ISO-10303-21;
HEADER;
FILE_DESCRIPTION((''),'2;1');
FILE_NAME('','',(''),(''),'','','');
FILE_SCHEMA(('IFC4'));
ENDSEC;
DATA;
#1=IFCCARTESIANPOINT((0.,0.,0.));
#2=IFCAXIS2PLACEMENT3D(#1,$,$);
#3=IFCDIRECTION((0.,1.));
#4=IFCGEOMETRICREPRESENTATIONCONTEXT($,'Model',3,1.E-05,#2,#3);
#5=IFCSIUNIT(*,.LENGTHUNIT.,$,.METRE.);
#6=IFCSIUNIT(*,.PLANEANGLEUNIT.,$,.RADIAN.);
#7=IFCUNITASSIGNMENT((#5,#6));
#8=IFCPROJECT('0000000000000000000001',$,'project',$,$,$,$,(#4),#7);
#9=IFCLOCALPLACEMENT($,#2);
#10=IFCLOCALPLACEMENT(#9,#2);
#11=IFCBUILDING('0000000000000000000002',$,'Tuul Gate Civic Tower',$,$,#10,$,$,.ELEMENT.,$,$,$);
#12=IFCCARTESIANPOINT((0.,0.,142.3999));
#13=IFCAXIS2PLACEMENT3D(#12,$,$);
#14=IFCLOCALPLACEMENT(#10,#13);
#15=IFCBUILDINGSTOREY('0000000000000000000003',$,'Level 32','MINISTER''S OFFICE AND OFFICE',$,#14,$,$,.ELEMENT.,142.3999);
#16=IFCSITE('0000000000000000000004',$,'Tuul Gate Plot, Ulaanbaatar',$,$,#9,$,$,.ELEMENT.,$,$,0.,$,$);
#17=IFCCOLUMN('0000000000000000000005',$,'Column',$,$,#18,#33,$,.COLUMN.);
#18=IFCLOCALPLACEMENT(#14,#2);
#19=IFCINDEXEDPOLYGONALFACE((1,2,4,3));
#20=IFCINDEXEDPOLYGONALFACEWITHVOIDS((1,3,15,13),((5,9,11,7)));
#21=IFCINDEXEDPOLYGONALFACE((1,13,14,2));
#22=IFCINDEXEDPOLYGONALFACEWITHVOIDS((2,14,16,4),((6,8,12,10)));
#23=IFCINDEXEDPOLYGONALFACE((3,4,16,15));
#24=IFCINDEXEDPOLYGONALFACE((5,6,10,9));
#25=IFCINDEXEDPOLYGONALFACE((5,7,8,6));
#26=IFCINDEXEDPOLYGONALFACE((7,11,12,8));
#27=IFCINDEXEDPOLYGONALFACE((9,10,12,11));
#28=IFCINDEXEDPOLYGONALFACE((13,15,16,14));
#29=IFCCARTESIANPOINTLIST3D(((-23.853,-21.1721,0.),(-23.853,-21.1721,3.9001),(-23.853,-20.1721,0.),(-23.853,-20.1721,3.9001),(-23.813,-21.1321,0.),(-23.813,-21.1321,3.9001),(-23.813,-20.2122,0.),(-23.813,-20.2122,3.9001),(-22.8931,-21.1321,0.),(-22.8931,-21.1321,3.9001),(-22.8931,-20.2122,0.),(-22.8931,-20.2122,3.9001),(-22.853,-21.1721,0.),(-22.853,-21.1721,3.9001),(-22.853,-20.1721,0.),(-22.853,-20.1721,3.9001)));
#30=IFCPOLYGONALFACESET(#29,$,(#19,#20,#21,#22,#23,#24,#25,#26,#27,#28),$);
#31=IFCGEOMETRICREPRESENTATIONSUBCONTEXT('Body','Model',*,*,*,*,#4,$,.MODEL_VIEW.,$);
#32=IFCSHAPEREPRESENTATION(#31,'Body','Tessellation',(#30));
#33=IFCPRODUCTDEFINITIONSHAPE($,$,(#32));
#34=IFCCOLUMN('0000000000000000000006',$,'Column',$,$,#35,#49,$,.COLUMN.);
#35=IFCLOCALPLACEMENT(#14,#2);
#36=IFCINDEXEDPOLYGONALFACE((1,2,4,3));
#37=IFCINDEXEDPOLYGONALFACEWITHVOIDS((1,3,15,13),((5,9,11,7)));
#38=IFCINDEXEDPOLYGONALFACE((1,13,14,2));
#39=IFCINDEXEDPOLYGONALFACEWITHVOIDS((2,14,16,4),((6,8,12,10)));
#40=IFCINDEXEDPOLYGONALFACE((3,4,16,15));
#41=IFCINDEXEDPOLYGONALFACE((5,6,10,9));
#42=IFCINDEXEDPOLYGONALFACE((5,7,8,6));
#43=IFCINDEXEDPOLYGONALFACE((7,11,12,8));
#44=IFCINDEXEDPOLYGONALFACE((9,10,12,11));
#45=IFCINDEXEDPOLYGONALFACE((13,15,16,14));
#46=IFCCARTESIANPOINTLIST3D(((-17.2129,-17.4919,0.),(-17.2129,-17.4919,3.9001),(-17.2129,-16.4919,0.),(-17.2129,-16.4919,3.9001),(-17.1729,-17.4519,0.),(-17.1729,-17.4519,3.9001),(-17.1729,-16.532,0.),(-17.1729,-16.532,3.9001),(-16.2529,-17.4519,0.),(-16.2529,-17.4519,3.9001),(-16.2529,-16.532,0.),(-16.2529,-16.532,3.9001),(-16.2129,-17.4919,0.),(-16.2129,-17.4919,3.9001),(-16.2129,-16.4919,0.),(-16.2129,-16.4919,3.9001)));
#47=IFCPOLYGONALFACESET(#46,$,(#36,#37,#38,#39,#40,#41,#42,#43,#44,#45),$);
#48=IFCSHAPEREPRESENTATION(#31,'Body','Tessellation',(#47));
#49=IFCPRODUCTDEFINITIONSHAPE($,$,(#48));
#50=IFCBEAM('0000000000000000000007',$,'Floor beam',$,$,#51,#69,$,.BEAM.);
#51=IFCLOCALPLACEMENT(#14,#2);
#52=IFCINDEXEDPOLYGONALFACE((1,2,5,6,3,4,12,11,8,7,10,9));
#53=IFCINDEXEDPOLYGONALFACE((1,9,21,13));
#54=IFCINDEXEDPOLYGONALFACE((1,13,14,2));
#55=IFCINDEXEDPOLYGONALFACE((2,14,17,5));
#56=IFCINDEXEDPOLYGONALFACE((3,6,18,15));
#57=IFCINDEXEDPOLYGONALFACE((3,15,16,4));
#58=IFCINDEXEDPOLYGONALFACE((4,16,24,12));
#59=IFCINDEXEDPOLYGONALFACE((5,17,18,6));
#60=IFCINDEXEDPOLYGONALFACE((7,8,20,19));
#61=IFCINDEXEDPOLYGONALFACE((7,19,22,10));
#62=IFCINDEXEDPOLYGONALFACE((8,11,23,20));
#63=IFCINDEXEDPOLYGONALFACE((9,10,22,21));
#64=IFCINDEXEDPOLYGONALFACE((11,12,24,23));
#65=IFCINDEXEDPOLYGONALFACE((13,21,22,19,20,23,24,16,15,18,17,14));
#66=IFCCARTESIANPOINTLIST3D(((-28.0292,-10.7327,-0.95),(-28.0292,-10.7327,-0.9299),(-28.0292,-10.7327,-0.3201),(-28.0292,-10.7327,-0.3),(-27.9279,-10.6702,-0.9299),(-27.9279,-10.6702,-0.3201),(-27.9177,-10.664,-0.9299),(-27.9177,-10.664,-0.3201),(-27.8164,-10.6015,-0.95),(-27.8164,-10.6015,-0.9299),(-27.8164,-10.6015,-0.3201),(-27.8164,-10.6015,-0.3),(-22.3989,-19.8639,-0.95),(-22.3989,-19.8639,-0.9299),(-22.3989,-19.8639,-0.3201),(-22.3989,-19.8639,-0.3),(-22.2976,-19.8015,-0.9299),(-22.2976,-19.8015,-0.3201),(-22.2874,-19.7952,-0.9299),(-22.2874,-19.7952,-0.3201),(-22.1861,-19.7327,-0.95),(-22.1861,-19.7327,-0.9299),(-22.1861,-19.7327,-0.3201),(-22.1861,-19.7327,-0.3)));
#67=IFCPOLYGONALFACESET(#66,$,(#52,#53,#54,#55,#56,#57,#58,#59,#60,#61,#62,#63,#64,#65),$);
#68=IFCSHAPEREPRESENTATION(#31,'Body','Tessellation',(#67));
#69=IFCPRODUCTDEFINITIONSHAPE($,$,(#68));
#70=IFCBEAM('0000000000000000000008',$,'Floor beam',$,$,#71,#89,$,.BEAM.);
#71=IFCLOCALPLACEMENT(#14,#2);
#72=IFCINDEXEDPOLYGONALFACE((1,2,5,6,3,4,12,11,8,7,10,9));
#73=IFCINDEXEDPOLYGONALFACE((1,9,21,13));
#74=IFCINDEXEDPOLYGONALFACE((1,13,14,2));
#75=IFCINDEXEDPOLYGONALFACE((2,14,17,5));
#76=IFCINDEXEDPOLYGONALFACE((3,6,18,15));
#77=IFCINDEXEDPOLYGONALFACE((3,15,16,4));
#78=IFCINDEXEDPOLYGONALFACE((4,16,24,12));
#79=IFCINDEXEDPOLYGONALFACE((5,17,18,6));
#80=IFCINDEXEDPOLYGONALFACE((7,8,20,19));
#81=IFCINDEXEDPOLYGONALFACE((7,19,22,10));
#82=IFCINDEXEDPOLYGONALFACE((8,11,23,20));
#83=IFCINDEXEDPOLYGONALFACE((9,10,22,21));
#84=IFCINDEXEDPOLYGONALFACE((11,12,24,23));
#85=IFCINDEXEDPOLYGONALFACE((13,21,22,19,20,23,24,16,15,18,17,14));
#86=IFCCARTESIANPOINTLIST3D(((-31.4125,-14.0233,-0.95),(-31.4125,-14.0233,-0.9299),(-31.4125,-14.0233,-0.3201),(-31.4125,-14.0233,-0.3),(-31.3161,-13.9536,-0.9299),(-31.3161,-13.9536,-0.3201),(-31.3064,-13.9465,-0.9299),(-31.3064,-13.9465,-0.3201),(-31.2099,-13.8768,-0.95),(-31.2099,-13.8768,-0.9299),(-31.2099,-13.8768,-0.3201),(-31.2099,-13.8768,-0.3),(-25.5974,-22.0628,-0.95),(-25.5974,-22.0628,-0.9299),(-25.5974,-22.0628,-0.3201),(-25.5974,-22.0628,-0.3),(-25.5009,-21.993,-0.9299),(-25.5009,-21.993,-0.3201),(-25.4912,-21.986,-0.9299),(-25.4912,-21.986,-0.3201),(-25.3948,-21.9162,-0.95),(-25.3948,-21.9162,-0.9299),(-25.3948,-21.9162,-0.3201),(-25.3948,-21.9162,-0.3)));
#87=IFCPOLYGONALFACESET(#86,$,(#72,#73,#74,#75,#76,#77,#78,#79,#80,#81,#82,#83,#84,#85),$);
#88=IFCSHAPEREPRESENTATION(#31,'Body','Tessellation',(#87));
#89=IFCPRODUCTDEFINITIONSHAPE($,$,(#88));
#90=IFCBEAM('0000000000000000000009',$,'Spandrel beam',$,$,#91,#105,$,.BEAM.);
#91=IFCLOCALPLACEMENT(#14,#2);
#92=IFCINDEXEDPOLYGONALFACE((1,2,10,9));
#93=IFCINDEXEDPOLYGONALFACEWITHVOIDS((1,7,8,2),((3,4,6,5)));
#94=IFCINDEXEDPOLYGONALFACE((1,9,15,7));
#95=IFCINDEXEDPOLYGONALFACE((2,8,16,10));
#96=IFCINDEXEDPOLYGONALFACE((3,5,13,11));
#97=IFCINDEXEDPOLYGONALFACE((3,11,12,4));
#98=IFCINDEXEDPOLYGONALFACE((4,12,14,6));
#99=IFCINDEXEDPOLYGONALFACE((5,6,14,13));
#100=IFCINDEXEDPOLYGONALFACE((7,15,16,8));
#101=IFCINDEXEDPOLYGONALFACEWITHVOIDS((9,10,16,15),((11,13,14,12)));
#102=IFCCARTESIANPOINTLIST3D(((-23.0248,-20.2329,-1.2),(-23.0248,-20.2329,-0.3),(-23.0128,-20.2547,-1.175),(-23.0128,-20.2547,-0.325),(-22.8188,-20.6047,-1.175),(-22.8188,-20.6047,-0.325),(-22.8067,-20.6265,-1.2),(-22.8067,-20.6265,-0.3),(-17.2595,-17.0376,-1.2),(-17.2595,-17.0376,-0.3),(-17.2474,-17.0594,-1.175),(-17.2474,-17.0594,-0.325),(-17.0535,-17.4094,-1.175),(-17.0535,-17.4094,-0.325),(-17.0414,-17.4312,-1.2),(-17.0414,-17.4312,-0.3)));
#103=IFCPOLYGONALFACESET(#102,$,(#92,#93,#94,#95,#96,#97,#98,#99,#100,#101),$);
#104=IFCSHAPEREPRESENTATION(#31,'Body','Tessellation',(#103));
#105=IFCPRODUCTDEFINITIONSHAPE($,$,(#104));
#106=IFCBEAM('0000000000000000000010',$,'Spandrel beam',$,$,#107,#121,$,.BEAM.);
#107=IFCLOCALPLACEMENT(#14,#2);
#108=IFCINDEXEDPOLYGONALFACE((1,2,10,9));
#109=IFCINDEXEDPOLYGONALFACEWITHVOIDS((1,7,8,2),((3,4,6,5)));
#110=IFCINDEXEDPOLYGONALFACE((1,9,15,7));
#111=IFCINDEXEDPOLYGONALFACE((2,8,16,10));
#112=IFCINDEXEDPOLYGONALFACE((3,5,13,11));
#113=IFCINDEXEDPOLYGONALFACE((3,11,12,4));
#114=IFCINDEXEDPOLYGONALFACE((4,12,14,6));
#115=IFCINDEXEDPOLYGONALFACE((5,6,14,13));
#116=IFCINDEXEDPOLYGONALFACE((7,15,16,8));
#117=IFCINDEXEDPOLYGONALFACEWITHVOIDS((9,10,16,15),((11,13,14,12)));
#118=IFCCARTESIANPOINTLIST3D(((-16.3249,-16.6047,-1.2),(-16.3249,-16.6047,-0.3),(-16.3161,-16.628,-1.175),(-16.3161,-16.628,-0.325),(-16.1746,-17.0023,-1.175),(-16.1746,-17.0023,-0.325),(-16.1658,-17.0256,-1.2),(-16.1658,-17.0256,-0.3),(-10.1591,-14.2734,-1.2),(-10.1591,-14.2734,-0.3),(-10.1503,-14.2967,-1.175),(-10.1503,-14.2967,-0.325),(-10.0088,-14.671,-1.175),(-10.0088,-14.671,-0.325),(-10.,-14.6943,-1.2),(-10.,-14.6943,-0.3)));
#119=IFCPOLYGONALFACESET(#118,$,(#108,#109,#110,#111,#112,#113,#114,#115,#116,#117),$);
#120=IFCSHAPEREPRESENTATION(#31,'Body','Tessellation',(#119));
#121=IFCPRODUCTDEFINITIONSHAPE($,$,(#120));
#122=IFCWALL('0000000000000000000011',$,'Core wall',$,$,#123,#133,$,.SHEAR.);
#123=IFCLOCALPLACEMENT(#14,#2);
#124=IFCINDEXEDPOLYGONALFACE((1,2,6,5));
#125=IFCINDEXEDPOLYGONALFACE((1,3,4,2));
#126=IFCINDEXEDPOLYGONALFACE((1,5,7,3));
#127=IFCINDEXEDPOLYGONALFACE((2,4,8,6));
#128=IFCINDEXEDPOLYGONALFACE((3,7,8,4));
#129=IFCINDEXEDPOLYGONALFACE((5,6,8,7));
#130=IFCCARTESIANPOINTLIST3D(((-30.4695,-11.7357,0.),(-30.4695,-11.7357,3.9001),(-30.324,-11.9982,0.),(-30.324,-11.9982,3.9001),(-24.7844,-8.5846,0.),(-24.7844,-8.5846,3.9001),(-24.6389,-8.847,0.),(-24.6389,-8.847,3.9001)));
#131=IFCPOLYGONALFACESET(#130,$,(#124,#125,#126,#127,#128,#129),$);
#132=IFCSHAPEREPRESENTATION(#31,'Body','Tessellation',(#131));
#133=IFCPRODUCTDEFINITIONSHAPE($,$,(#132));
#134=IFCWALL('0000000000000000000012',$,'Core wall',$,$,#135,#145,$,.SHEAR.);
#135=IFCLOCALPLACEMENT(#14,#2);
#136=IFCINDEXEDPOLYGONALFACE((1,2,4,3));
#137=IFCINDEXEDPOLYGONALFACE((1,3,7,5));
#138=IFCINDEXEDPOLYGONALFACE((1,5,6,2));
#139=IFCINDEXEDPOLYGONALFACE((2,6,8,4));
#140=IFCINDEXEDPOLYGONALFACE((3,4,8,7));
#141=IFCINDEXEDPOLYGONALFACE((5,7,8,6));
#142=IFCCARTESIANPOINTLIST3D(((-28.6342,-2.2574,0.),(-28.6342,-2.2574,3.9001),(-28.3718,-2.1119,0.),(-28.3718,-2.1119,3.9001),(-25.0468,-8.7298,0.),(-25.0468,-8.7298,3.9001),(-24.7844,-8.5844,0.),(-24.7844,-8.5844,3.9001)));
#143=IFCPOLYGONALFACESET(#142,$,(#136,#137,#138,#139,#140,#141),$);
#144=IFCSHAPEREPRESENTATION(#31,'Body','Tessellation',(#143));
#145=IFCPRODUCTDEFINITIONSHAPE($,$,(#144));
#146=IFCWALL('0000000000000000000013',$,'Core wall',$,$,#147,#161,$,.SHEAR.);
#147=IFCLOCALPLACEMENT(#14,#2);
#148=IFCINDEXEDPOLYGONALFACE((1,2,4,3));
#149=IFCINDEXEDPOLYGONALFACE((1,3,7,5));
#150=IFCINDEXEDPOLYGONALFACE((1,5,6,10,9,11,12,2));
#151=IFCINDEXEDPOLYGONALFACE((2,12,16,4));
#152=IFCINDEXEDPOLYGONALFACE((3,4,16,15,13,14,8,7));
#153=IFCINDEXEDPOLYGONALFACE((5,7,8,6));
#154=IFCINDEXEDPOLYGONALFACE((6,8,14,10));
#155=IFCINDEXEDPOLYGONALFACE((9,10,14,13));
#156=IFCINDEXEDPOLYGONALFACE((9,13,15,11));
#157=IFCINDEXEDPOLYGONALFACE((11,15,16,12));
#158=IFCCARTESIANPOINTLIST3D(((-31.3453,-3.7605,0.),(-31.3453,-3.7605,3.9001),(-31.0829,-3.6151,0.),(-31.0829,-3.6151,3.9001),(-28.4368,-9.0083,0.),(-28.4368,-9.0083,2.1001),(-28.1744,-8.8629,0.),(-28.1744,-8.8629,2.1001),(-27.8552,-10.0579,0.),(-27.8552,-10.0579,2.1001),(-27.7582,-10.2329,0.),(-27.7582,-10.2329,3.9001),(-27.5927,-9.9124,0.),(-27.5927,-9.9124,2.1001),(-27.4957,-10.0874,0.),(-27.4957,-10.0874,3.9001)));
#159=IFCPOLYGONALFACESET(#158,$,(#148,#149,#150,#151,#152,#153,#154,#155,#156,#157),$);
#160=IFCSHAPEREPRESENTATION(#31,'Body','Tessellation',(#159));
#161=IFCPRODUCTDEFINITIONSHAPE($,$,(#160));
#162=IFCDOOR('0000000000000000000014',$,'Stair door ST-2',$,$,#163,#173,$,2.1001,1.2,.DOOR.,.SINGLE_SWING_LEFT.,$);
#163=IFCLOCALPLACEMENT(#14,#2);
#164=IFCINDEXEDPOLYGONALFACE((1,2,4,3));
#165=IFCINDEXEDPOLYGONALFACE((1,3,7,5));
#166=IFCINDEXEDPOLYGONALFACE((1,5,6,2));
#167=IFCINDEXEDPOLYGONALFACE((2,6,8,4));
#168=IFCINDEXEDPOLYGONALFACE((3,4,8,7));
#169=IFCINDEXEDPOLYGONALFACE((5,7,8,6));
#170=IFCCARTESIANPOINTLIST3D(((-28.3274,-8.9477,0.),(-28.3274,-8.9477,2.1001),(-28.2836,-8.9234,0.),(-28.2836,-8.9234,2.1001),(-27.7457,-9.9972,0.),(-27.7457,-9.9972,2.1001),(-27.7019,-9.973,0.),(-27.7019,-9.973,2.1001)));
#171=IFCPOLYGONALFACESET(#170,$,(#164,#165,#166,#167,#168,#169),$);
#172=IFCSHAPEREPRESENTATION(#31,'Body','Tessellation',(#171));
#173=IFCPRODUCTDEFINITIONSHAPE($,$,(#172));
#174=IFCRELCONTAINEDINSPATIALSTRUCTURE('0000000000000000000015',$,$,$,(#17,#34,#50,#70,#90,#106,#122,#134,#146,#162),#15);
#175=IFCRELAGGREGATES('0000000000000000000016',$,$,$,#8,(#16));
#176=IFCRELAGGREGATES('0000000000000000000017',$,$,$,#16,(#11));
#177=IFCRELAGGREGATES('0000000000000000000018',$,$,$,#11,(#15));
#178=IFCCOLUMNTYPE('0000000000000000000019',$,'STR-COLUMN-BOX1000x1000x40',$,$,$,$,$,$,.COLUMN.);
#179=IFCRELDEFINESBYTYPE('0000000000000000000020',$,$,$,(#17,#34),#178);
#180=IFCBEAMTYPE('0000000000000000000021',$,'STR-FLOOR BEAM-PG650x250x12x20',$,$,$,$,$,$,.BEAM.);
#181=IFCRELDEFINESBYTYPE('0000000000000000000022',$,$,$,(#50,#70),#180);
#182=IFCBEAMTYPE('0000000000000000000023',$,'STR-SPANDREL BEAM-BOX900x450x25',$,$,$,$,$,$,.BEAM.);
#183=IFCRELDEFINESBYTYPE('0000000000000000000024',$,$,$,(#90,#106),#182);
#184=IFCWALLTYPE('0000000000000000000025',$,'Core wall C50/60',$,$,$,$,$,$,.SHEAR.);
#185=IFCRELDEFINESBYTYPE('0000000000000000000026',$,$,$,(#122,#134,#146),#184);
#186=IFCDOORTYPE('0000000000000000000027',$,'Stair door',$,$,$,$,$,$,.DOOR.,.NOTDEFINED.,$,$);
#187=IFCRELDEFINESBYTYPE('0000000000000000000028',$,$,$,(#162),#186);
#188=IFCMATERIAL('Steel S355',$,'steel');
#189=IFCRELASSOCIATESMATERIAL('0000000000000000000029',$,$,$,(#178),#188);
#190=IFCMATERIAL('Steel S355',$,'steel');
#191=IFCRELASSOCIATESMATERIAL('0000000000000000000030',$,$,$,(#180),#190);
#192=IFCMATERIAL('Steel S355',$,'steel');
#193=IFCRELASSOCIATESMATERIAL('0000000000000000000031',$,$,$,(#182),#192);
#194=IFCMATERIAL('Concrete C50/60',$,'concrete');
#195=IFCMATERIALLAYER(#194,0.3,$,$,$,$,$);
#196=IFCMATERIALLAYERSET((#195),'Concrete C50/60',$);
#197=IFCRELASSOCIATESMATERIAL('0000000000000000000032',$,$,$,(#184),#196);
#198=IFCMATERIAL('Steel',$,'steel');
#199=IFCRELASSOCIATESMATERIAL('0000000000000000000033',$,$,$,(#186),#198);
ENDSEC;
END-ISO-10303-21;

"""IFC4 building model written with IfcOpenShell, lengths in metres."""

from ifc_helpers import new_model, si_unit, direction, frame, frame_2d, origin, origin_2d, place, context, subcontext, project, spatial, rectangle, hollow_rectangle, i_section, extrude, material, layer, layer_set, material_profile, profile_set, type_object, element, fill, save


model = new_model("IFC4")

# Units and contexts
model_context = context("Model", 3, precision=1e-05, world=origin(), true_north=direction((0.0, 1.0)))
body_context = subcontext(model_context, "Body", "Model", "MODEL_VIEW")
ifc_project = project(units=[si_unit("LENGTHUNIT", "METRE"), si_unit("PLANEANGLEUNIT", "RADIAN")], contexts=[model_context])

# Site, building, storey
site_placement = place(None, origin())
site = spatial("IfcSite", under=ifc_project, at=site_placement, Name="Tuul Gate Plot, Ulaanbaatar", CompositionType="ELEMENT", RefElevation=0.0)
building_placement = place(site_placement, origin())
building = spatial("IfcBuilding", under=site, at=building_placement, Name="Tuul Gate Civic Tower", CompositionType="ELEMENT")
storey_placement = place(building_placement, frame((0.0, 0.0, 142.3999)))
storey = spatial("IfcBuildingStorey", under=building, at=storey_placement, Name="Level 32", Description="MINISTER'S OFFICE AND OFFICE", CompositionType="ELEMENT", Elevation=142.3999)

# Columns
ifc_material_1 = material(Name="Steel S355", Category="steel")
ifc_material_profile_1 = material_profile(ifc_material_1, hollow_rectangle(XDim=1.0, YDim=1.0, WallThickness=0.04, at=origin_2d()), Name="BOX1000x1000x40")
ifc_profile_set_1 = profile_set([ifc_material_profile_1], Name="Steel S355")
column_type = type_object("IfcColumnType", Name="STR-COLUMN-BOX1000x1000x40", PredefinedType="COLUMN", material=ifc_profile_set_1)
for number, where, z_axis, x_axis, name in (
    (1, (-23.353, -20.6721, 0.0), (0.0, 0.0, 1.0), (1.0, 0.0, 0.0), "Column"),
    (2, (-16.7129, -16.9919, 0.0), (0.0, 0.0, 1.0), (1.0, 0.0, 0.0), "Column"),
):
    element("IfcColumn", number, at=place(storey_placement, frame(where, z_axis=z_axis, x_axis=x_axis)), inside=storey, type_object=column_type, Name=name, PredefinedType="COLUMN", context=body_context, shape_type="SweptSolid", body=[
        extrude(hollow_rectangle(XDim=1.0, YDim=1.0, WallThickness=0.04, at=origin_2d()), origin(), (0.0, 0.0, 1.0), 3.9001),
    ])

# Beams
ifc_material_2 = material(Name="Steel S355", Category="steel")
ifc_material_profile_2 = material_profile(ifc_material_2, i_section(OverallWidth=0.25, OverallDepth=0.6499, WebThickness=0.012, FlangeThickness=0.02, at=origin_2d()), Name="PG650x250x12x20")
ifc_profile_set_2 = profile_set([ifc_material_profile_2], Name="Steel S355")
beam_type_1 = type_object("IfcBeamType", Name="STR-FLOOR BEAM-PG650x250x12x20", PredefinedType="BEAM", material=ifc_profile_set_2)
beam_1_placement = place(storey_placement, frame((-22.2925, -19.7983, -0.625), z_axis=(-0.524846, 0.851197, 0.0), x_axis=(-0.851197, -0.524846, 0.0)))
element("IfcBeam", 3, at=beam_1_placement, inside=storey, type_object=beam_type_1, Name="Floor beam", PredefinedType="BEAM", context=body_context, shape_type="SweptSolid", body=[
    extrude(i_section(OverallWidth=0.25, OverallDepth=0.6499, WebThickness=0.012, FlangeThickness=0.02, at=origin_2d()), origin(), (0.0, 0.0, 1.0), 10.7275),
])
beam_2_placement = place(storey_placement, frame((-25.4961, -21.9895, -0.625), z_axis=(-0.586076, 0.810256, 0.0), x_axis=(-0.810256, -0.586076, 0.0)))
element("IfcBeam", 4, at=beam_2_placement, inside=storey, type_object=beam_type_1, Name="Floor beam", PredefinedType="BEAM", context=body_context, shape_type="SweptSolid", body=[
    extrude(i_section(OverallWidth=0.25, OverallDepth=0.6499, WebThickness=0.012, FlangeThickness=0.02, at=origin_2d()), origin(), (0.0, 0.0, 1.0), 9.9221),
])
ifc_material_3 = material(Name="Steel S355", Category="steel")
ifc_material_profile_3 = material_profile(ifc_material_3, hollow_rectangle(XDim=0.45, YDim=0.8999, WallThickness=0.0249, at=origin_2d()), Name="BOX900x450x25")
ifc_profile_set_3 = profile_set([ifc_material_profile_3], Name="Steel S355")
beam_type_2 = type_object("IfcBeamType", Name="STR-SPANDREL BEAM-BOX900x450x25", PredefinedType="BEAM", material=ifc_profile_set_3)
beam_3_placement = place(storey_placement, frame((-22.9158, -20.4297, -0.75), z_axis=(0.874651, 0.484753, 0.0), x_axis=(-0.484753, 0.874651, 0.0)))
element("IfcBeam", 5, at=beam_3_placement, inside=storey, type_object=beam_type_2, Name="Spandrel beam", PredefinedType="BEAM", context=body_context, shape_type="SweptSolid", body=[
    extrude(hollow_rectangle(XDim=0.45, YDim=0.8999, WallThickness=0.0249, at=origin_2d()), origin(), (0.0, 0.0, 1.0), 6.5916),
])
beam_4_placement = place(storey_placement, frame((-16.2454, -16.8152, -0.75), z_axis=(0.935371, 0.353667, 0.0), x_axis=(-0.353667, 0.935371, 0.0)))
element("IfcBeam", 6, at=beam_4_placement, inside=storey, type_object=beam_type_2, Name="Spandrel beam", PredefinedType="BEAM", context=body_context, shape_type="SweptSolid", body=[
    extrude(hollow_rectangle(XDim=0.45, YDim=0.8999, WallThickness=0.0249, at=origin_2d()), origin(), (0.0, 0.0, 1.0), 6.5918),
])

# Walls
ifc_material_4 = material(Name="Concrete C50/60", Category="concrete")
ifc_layer_1 = layer(ifc_material_4, 0.3)
ifc_layer_set_1 = layer_set([ifc_layer_1], Name="Concrete C50/60")
wall_type_1 = type_object("IfcWallType", Name="Core wall C50/60", PredefinedType="SHEAR", material=ifc_layer_set_1)
wall_1_placement = place(storey_placement, frame((-24.7117, -8.7158, 0.0), z_axis=(0.0, 0.0, 1.0), x_axis=(-0.87463, -0.484791, 0.0)))
element("IfcWall", 7, at=wall_1_placement, inside=storey, type_object=wall_type_1, Name="Core wall", PredefinedType="SHEAR", context=body_context, shape_type="SweptSolid", body=[
    extrude(rectangle(XDim=6.5, YDim=0.3, at=frame_2d((3.25, 0.0))), origin(), (0.0, 0.0, 1.0), 3.9001),
])
wall_2_placement = place(storey_placement, frame((-24.9155, -8.6572, 0.0), z_axis=(0.0, 0.0, 1.0), x_axis=(-0.484777, 0.874638, 0.0)))
element("IfcWall", 8, at=wall_2_placement, inside=storey, type_object=wall_type_1, Name="Core wall", PredefinedType="SHEAR", context=body_context, shape_type="SweptSolid", body=[
    extrude(rectangle(XDim=7.4001, YDim=0.3, at=frame_2d((3.7002, 0.0))), origin(), (0.0, 0.0, 1.0), 3.9001),
])

# Wall, opening, door
wall_3_placement = place(storey_placement, frame((-27.627, -10.1602, 0.0), z_axis=(0.0, 0.0, 1.0), x_axis=(-0.484752, 0.874652, 0.0)))
wall_3 = element("IfcWall", 9, at=wall_3_placement, inside=storey, type_object=wall_type_1, Name="Core wall", PredefinedType="SHEAR", context=body_context, shape_type="SweptSolid", body=[
    extrude(rectangle(XDim=7.3999, YDim=0.3, at=frame_2d((3.7, 0.0))), origin(), (0.0, 0.0, 1.0), 3.9001),
])
opening_1_placement = place(wall_3_placement, frame((0.2, 0.0, 0.0)))
opening_1 = element("IfcOpeningElement", 10, at=opening_1_placement, cuts=wall_3, PredefinedType="OPENING", context=body_context, shape_type="SweptSolid", body=[
    extrude(rectangle(XDim=1.2, YDim=2.1001, at=frame_2d((0.6001, 1.05))), frame((0.0, 0.1602, 0.0), z_axis=(0.0, -1.0, 0.0), x_axis=(1.0, 0.0, 0.0)), (0.0, 0.0, 1.0), 0.3201),
])
ifc_material_5 = material(Name="Steel", Category="steel")
door_type_1 = type_object("IfcDoorType", Name="Stair door", OperationType="NOTDEFINED", PredefinedType="DOOR", material=ifc_material_5)
door_1_placement = place(opening_1_placement, origin())
door_1 = element("IfcDoor", 11, at=door_1_placement, inside=storey, type_object=door_type_1, Name="Stair door ST-2", OperationType="SINGLE_SWING_LEFT", OverallHeight=2.1001, OverallWidth=1.2, PredefinedType="DOOR", context=body_context, shape_type="SweptSolid", body=[
    extrude(rectangle(XDim=1.2, YDim=2.1001, at=frame_2d((0.6001, 1.05))), frame((0.0, 0.0249, 0.0), z_axis=(0.0, -1.0, 0.0), x_axis=(1.0, 0.0, 0.0)), (0.0, 0.0, 1.0), 0.05),
])
fill(opening_1, door_1)

save(model, "model.ifc")
